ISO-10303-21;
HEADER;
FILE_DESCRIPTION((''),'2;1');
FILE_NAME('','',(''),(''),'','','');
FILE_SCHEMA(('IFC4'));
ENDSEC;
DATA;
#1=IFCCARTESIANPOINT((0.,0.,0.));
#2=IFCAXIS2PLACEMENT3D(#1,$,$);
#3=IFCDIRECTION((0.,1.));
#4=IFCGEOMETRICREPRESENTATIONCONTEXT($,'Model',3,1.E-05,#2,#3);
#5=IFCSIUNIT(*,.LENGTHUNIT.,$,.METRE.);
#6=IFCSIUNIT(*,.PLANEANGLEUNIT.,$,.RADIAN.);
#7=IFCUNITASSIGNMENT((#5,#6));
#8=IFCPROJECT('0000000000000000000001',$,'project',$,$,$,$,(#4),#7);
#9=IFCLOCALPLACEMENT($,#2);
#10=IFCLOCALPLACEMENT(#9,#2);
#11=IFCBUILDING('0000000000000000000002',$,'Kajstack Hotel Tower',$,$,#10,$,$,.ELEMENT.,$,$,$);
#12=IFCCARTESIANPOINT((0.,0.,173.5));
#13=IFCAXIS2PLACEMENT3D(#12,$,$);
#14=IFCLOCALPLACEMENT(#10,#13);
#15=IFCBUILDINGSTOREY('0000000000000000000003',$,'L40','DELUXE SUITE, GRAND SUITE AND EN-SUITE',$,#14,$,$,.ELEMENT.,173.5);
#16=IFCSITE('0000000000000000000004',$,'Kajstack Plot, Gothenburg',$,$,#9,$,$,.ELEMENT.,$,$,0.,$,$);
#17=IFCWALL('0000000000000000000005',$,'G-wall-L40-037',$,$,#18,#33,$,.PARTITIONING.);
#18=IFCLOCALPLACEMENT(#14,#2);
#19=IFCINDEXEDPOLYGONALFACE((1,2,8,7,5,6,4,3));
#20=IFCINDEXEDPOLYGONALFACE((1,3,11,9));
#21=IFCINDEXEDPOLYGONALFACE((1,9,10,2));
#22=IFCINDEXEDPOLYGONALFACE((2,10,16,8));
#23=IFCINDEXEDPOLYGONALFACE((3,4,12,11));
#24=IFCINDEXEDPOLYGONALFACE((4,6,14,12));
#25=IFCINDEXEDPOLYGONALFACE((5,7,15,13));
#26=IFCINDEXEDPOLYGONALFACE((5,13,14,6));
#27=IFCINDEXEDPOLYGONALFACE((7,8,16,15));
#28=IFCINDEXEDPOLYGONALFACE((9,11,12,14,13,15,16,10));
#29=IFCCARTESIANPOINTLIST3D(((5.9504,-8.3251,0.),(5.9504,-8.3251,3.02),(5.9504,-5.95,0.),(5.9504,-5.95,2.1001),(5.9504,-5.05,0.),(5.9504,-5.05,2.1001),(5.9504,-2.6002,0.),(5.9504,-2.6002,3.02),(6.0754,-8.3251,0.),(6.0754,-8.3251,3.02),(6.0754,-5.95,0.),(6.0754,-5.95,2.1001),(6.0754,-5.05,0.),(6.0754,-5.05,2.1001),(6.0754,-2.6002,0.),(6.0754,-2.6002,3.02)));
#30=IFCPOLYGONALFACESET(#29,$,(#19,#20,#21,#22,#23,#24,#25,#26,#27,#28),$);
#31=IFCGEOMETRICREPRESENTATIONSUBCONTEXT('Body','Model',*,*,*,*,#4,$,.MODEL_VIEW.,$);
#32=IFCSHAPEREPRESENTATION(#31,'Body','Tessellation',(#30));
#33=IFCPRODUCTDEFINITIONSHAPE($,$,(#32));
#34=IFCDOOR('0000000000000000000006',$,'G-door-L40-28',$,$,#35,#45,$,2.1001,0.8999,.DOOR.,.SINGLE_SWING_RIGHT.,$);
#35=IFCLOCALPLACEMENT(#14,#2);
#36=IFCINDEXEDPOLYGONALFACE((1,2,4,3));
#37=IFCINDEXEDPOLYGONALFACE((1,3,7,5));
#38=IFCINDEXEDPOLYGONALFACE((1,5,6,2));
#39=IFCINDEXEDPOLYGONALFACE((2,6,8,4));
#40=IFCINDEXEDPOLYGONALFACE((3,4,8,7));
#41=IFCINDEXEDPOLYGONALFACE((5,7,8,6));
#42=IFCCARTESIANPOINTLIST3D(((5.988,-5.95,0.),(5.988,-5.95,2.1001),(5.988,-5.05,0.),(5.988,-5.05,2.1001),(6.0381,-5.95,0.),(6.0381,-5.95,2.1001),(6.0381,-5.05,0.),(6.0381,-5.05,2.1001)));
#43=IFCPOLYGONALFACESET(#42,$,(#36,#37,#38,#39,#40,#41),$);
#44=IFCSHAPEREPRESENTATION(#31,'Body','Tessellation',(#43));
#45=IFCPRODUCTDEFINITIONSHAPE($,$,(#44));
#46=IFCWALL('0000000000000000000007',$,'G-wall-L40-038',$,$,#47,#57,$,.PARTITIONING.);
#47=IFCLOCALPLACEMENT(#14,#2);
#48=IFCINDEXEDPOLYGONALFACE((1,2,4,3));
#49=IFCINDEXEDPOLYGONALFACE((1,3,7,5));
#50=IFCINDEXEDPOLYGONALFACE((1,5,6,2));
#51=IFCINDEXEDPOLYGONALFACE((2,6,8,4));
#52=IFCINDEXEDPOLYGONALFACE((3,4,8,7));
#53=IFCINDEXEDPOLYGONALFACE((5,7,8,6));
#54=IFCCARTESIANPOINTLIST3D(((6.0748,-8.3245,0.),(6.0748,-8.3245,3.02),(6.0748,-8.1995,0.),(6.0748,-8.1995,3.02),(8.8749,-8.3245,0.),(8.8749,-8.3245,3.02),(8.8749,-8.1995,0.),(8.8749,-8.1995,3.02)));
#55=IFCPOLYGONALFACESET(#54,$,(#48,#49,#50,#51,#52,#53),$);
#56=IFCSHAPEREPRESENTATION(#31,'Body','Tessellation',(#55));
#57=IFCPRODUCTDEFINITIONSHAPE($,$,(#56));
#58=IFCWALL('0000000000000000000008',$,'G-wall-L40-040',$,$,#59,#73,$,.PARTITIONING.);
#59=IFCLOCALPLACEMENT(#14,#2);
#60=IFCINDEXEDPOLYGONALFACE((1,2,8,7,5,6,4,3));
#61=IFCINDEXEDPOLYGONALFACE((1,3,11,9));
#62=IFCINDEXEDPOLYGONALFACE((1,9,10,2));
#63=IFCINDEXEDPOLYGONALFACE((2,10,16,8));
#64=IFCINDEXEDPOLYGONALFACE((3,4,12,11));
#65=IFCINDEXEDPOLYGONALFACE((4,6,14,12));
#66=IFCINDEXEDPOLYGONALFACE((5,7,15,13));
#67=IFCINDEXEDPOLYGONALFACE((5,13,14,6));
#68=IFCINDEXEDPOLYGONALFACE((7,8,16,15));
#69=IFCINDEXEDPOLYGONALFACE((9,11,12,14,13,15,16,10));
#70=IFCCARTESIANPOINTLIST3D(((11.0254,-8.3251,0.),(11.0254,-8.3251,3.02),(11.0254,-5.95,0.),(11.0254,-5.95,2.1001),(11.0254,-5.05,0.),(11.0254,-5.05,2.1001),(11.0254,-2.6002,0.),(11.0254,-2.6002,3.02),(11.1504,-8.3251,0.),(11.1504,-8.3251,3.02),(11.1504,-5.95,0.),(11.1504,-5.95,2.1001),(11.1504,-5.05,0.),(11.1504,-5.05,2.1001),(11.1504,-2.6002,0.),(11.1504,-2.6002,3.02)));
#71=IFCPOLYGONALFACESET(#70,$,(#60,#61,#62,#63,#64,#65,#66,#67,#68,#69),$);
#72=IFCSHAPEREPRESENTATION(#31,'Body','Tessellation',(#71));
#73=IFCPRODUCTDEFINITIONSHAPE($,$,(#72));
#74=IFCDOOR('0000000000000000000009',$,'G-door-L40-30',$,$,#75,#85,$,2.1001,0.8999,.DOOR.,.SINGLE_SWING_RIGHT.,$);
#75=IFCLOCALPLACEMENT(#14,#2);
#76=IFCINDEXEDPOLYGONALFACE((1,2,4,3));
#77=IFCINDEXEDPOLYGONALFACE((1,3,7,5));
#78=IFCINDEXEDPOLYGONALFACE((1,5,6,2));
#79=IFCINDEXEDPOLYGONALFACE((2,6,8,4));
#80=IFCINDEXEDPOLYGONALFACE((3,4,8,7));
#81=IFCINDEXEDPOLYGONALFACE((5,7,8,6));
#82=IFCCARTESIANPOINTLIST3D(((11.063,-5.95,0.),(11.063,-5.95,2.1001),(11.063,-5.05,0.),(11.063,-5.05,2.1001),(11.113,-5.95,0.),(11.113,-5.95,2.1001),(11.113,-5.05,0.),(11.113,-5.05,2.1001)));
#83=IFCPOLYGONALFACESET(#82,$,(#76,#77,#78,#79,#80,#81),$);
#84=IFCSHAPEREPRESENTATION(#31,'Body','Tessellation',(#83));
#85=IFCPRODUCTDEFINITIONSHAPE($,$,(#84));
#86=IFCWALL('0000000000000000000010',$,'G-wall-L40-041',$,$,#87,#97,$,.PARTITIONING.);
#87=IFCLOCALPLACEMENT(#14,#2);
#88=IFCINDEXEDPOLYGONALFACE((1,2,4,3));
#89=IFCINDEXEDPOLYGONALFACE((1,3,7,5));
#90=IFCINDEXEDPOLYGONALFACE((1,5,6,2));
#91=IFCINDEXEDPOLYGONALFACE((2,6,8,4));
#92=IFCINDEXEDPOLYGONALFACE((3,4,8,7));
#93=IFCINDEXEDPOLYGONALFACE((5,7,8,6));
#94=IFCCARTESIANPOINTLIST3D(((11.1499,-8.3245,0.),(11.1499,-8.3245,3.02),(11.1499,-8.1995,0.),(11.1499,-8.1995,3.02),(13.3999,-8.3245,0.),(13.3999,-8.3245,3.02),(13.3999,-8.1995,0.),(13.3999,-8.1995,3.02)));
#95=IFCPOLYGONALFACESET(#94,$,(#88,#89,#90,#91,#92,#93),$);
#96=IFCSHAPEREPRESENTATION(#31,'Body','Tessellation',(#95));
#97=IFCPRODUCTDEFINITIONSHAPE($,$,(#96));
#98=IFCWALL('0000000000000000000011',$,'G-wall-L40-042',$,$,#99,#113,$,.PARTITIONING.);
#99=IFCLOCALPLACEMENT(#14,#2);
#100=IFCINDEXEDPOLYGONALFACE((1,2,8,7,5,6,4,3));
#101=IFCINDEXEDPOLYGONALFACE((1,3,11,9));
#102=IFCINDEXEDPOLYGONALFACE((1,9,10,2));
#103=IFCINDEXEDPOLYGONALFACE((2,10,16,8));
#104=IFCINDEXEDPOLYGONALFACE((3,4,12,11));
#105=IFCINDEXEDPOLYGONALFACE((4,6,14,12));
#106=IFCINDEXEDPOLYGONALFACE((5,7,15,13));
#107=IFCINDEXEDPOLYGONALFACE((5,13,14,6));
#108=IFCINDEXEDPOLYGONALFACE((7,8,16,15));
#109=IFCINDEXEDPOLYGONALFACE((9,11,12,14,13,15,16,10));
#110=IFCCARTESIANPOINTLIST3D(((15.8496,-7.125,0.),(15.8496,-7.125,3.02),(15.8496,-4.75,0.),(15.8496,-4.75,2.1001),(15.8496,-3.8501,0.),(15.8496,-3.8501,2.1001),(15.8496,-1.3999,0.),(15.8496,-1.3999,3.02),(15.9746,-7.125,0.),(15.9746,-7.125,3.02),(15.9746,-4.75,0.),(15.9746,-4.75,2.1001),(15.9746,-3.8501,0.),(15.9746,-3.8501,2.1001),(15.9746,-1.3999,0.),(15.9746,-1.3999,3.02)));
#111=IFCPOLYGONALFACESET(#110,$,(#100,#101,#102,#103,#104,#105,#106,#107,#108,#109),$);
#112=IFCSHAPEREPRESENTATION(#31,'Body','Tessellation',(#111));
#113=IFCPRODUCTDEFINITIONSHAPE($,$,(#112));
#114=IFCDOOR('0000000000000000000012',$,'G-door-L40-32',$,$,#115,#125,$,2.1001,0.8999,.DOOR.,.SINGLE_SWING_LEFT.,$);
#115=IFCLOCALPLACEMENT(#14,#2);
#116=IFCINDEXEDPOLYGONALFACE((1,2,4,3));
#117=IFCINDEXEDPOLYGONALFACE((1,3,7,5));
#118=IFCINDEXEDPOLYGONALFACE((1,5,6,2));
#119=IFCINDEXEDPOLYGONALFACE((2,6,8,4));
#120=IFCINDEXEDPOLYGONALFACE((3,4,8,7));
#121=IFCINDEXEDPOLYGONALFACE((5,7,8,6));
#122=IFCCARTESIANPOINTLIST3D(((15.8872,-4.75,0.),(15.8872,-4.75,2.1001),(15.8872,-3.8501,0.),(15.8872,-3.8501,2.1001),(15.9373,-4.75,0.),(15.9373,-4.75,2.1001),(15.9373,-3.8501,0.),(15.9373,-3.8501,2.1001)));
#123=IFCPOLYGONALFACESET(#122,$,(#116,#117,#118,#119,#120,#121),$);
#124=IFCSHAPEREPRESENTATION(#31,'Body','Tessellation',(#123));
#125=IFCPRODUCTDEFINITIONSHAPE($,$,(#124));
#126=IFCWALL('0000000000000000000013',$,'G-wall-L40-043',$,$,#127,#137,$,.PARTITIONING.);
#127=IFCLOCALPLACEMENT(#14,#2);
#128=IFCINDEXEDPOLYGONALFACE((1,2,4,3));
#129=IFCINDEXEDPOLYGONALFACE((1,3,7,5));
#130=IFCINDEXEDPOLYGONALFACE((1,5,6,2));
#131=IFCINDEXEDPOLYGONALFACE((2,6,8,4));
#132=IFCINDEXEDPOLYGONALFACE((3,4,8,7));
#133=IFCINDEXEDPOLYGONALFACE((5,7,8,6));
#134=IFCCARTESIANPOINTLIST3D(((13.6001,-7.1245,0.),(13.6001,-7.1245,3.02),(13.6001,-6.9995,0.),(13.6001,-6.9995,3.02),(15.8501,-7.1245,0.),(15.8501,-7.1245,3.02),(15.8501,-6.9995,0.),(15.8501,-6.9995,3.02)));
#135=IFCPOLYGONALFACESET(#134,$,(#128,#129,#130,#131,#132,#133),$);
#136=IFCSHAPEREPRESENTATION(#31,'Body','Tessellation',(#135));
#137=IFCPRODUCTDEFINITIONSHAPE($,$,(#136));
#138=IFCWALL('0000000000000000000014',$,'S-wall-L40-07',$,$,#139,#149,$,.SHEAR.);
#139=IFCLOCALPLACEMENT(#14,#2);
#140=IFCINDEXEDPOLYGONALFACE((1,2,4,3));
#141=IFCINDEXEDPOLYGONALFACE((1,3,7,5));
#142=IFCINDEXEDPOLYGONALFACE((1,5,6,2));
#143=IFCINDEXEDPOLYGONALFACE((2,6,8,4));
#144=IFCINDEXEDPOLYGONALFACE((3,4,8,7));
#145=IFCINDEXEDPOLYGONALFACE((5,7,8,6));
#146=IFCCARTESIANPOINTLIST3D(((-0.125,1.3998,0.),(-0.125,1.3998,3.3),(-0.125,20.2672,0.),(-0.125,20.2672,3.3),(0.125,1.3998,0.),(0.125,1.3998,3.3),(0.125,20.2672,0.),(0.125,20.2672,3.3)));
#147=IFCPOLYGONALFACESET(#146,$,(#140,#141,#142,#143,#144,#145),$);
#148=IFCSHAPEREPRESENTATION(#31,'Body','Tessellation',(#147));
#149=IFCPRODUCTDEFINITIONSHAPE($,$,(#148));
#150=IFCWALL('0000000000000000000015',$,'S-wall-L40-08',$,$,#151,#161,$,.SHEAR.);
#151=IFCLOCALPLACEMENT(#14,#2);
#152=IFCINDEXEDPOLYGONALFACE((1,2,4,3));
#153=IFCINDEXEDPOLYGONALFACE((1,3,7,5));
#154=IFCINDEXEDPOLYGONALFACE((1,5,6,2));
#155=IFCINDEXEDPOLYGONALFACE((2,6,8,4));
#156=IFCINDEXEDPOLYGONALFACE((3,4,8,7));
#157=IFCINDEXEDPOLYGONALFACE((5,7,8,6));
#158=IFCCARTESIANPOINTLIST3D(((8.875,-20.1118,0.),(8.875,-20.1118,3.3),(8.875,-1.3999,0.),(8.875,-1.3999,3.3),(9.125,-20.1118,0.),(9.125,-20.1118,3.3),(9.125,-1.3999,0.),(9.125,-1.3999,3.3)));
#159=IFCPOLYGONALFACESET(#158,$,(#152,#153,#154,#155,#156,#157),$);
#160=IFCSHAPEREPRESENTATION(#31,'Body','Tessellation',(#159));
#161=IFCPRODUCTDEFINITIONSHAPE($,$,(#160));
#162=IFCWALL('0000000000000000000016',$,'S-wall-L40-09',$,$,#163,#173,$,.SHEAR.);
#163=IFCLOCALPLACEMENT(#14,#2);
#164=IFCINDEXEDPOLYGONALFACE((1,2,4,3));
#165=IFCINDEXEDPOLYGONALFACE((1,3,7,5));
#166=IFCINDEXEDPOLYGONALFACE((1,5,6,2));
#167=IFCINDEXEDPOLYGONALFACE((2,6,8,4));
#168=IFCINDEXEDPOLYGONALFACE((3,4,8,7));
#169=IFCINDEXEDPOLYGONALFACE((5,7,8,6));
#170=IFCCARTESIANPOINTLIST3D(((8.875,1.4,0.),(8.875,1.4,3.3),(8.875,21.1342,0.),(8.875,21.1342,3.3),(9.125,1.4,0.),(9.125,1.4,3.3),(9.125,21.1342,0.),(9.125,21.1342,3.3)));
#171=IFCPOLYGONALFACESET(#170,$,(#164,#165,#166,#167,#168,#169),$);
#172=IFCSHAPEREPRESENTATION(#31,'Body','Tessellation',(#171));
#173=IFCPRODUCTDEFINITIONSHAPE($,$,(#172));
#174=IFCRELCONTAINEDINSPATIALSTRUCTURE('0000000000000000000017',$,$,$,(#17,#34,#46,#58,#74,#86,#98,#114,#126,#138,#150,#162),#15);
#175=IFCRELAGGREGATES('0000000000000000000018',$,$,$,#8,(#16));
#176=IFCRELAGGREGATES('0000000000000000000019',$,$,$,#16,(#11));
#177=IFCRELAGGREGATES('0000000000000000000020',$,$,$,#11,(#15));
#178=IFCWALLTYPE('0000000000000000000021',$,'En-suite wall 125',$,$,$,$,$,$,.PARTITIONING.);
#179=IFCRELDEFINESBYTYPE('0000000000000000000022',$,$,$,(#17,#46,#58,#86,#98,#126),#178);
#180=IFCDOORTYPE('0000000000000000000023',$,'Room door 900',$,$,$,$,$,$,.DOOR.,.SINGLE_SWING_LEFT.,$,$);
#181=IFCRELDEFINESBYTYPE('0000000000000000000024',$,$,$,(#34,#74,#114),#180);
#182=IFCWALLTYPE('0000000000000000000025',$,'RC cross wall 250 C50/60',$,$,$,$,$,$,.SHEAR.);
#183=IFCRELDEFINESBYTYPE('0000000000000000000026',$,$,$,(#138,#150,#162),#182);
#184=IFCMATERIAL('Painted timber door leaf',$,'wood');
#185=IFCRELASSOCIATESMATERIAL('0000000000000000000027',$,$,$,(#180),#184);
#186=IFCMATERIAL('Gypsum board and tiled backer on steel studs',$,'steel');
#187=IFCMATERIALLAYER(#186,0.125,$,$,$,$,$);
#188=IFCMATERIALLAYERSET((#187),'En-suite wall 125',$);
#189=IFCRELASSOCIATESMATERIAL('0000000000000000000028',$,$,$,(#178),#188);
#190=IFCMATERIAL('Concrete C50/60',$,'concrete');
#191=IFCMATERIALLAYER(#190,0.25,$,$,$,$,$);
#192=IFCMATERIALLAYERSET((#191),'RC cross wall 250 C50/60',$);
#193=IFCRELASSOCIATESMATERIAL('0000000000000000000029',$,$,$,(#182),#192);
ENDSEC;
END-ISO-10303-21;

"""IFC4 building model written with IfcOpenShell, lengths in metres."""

from ifc_helpers import new_model, si_unit, direction, frame, frame_2d, origin, place, context, subcontext, project, spatial, rectangle, extrude, material, layer, layer_set, type_object, element, fill, save


model = new_model("IFC4")

# Units and contexts
model_context = context("Model", 3, precision=1e-05, world=origin(), true_north=direction((0.0, 1.0)))
body_context = subcontext(model_context, "Body", "Model", "MODEL_VIEW")
ifc_project = project(units=[si_unit("LENGTHUNIT", "METRE"), si_unit("PLANEANGLEUNIT", "RADIAN")], contexts=[model_context])

# Site, building, storey
site_placement = place(None, origin())
site = spatial("IfcSite", under=ifc_project, at=site_placement, Name="Kajstack Plot, Gothenburg", CompositionType="ELEMENT", RefElevation=0.0)
building_placement = place(site_placement, origin())
building = spatial("IfcBuilding", under=site, at=building_placement, Name="Kajstack Hotel Tower", CompositionType="ELEMENT")
storey_placement = place(building_placement, frame((0.0, 0.0, 173.5)))
storey = spatial("IfcBuildingStorey", under=building, at=storey_placement, Name="L40", Description="DELUXE SUITE, GRAND SUITE AND EN-SUITE", CompositionType="ELEMENT", Elevation=173.5)

# Shared definitions
ifc_material_1 = material(Name="Painted timber door leaf", Category="wood")
door_type_1 = type_object("IfcDoorType", Name="Room door 900", OperationType="SINGLE_SWING_LEFT", PredefinedType="DOOR", material=ifc_material_1)

# Wall, opening, door
ifc_material_2 = material(Name="Gypsum board and tiled backer on steel studs", Category="steel")
ifc_layer_1 = layer(ifc_material_2, 0.125)
ifc_layer_set_1 = layer_set([ifc_layer_1], Name="En-suite wall 125")
wall_type_1 = type_object("IfcWallType", Name="En-suite wall 125", PredefinedType="PARTITIONING", material=ifc_layer_set_1)
wall_1_placement = place(storey_placement, frame((6.0129, -8.325, 0.0), z_axis=(0.0, 0.0, 1.0), x_axis=(0.0, 1.0, 0.0)))
wall_1 = element("IfcWall", 1, at=wall_1_placement, inside=storey, type_object=wall_type_1, Name="G-wall-L40-037", PredefinedType="PARTITIONING", context=body_context, shape_type="SweptSolid", body=[
    extrude(rectangle(XDim=5.7249, YDim=0.125, at=frame_2d((2.8623, 0.0))), origin(), (0.0, 0.0, 1.0), 3.02),
])
opening_1_placement = place(wall_1_placement, frame((2.375, 0.0, 0.0)))
opening_1 = element("IfcOpeningElement", 2, at=opening_1_placement, cuts=wall_1, PredefinedType="OPENING", context=body_context, shape_type="SweptSolid", body=[
    extrude(rectangle(XDim=0.8999, YDim=2.1001, at=frame_2d((0.45, 1.05))), frame((0.0, 0.0725, 0.0), z_axis=(0.0, -1.0, 0.0), x_axis=(1.0, 0.0, 0.0)), (0.0, 0.0, 1.0), 0.145),
])
door_1_placement = place(opening_1_placement, origin())
door_1 = element("IfcDoor", 3, at=door_1_placement, inside=storey, type_object=door_type_1, Name="G-door-L40-28", OperationType="SINGLE_SWING_RIGHT", OverallHeight=2.1001, OverallWidth=0.8999, PredefinedType="DOOR", context=body_context, shape_type="SweptSolid", body=[
    extrude(rectangle(XDim=0.8999, YDim=2.1001, at=frame_2d((0.45, 1.05))), frame((0.0, 0.0249, 0.0), z_axis=(0.0, -1.0, 0.0), x_axis=(1.0, 0.0, 0.0)), (0.0, 0.0, 1.0), 0.05),
])
fill(opening_1, door_1)

# Wall
wall_2_placement = place(storey_placement, frame((6.075, -8.262, 0.0), z_axis=(0.0, 0.0, 1.0), x_axis=(1.0, 0.0, 0.0)))
element("IfcWall", 4, at=wall_2_placement, inside=storey, type_object=wall_type_1, Name="G-wall-L40-038", PredefinedType="PARTITIONING", context=body_context, shape_type="SweptSolid", body=[
    extrude(rectangle(XDim=2.8, YDim=0.125, at=frame_2d((1.3999, 0.0))), origin(), (0.0, 0.0, 1.0), 3.02),
])

# Wall, opening, door
wall_3_placement = place(storey_placement, frame((11.0879, -8.325, 0.0), z_axis=(0.0, 0.0, 1.0), x_axis=(0.0, 1.0, 0.0)))
wall_3 = element("IfcWall", 5, at=wall_3_placement, inside=storey, type_object=wall_type_1, Name="G-wall-L40-040", PredefinedType="PARTITIONING", context=body_context, shape_type="SweptSolid", body=[
    extrude(rectangle(XDim=5.7249, YDim=0.125, at=frame_2d((2.8623, 0.0))), origin(), (0.0, 0.0, 1.0), 3.02),
])
opening_2_placement = place(wall_3_placement, frame((2.375, 0.0, 0.0)))
opening_2 = element("IfcOpeningElement", 6, at=opening_2_placement, cuts=wall_3, PredefinedType="OPENING", context=body_context, shape_type="SweptSolid", body=[
    extrude(rectangle(XDim=0.8999, YDim=2.1001, at=frame_2d((0.45, 1.05))), frame((0.0, 0.0725, 0.0), z_axis=(0.0, -1.0, 0.0), x_axis=(1.0, 0.0, 0.0)), (0.0, 0.0, 1.0), 0.145),
])
door_2_placement = place(opening_2_placement, origin())
door_2 = element("IfcDoor", 7, at=door_2_placement, inside=storey, type_object=door_type_1, Name="G-door-L40-30", OperationType="SINGLE_SWING_RIGHT", OverallHeight=2.1001, OverallWidth=0.8999, PredefinedType="DOOR", context=body_context, shape_type="SweptSolid", body=[
    extrude(rectangle(XDim=0.8999, YDim=2.1001, at=frame_2d((0.45, 1.05))), frame((0.0, 0.0249, 0.0), z_axis=(0.0, -1.0, 0.0), x_axis=(1.0, 0.0, 0.0)), (0.0, 0.0, 1.0), 0.05),
])
fill(opening_2, door_2)

# Wall
wall_4_placement = place(storey_placement, frame((11.1499, -8.262, 0.0), z_axis=(0.0, 0.0, 1.0), x_axis=(1.0, 0.0, 0.0)))
element("IfcWall", 8, at=wall_4_placement, inside=storey, type_object=wall_type_1, Name="G-wall-L40-041", PredefinedType="PARTITIONING", context=body_context, shape_type="SweptSolid", body=[
    extrude(rectangle(XDim=2.25, YDim=0.125, at=frame_2d((1.125, 0.0))), origin(), (0.0, 0.0, 1.0), 3.02),
])

# Wall, opening, door
wall_5_placement = place(storey_placement, frame((15.9121, -7.125, 0.0), z_axis=(0.0, 0.0, 1.0), x_axis=(0.0, 1.0, 0.0)))
wall_5 = element("IfcWall", 9, at=wall_5_placement, inside=storey, type_object=wall_type_1, Name="G-wall-L40-042", PredefinedType="PARTITIONING", context=body_context, shape_type="SweptSolid", body=[
    extrude(rectangle(XDim=5.7251, YDim=0.125, at=frame_2d((2.8625, 0.0))), origin(), (0.0, 0.0, 1.0), 3.02),
])
opening_3_placement = place(wall_5_placement, frame((2.375, 0.0, 0.0)))
opening_3 = element("IfcOpeningElement", 10, at=opening_3_placement, cuts=wall_5, PredefinedType="OPENING", context=body_context, shape_type="SweptSolid", body=[
    extrude(rectangle(XDim=0.8999, YDim=2.1001, at=frame_2d((0.45, 1.05))), frame((0.0, 0.0725, 0.0), z_axis=(0.0, -1.0, 0.0), x_axis=(1.0, 0.0, 0.0)), (0.0, 0.0, 1.0), 0.145),
])
door_3_placement = place(opening_3_placement, origin())
door_3 = element("IfcDoor", 11, at=door_3_placement, inside=storey, type_object=door_type_1, Name="G-door-L40-32", OperationType="SINGLE_SWING_LEFT", OverallHeight=2.1001, OverallWidth=0.8999, PredefinedType="DOOR", context=body_context, shape_type="SweptSolid", body=[
    extrude(rectangle(XDim=0.8999, YDim=2.1001, at=frame_2d((0.45, 1.05))), frame((0.0, 0.0249, 0.0), z_axis=(0.0, -1.0, 0.0), x_axis=(1.0, 0.0, 0.0)), (0.0, 0.0, 1.0), 0.05),
])
fill(opening_3, door_3)

# Walls
wall_6_placement = place(storey_placement, frame((13.6001, -7.062, 0.0), z_axis=(0.0, 0.0, 1.0), x_axis=(1.0, 0.0, 0.0)))
element("IfcWall", 12, at=wall_6_placement, inside=storey, type_object=wall_type_1, Name="G-wall-L40-043", PredefinedType="PARTITIONING", context=body_context, shape_type="SweptSolid", body=[
    extrude(rectangle(XDim=2.25, YDim=0.125, at=frame_2d((1.125, 0.0))), origin(), (0.0, 0.0, 1.0), 3.02),
])
ifc_material_3 = material(Name="Concrete C50/60", Category="concrete")
ifc_layer_2 = layer(ifc_material_3, 0.25)
ifc_layer_set_2 = layer_set([ifc_layer_2], Name="RC cross wall 250 C50/60")
wall_type_2 = type_object("IfcWallType", Name="RC cross wall 250 C50/60", PredefinedType="SHEAR", material=ifc_layer_set_2)
wall_7_placement = place(storey_placement, frame((0.0, 1.3999, 0.0), z_axis=(0.0, 0.0, 1.0), x_axis=(0.0, 1.0, 0.0)))
element("IfcWall", 13, at=wall_7_placement, inside=storey, type_object=wall_type_2, Name="S-wall-L40-07", PredefinedType="SHEAR", context=body_context, shape_type="SweptSolid", body=[
    extrude(rectangle(XDim=18.8674, YDim=0.25, at=frame_2d((9.4336, 0.0))), origin(), (0.0, 0.0, 1.0), 3.3),
])
wall_8_placement = place(storey_placement, frame((9.0, -20.1118, 0.0), z_axis=(0.0, 0.0, 1.0), x_axis=(0.0, 1.0, 0.0)))
element("IfcWall", 14, at=wall_8_placement, inside=storey, type_object=wall_type_2, Name="S-wall-L40-08", PredefinedType="SHEAR", context=body_context, shape_type="SweptSolid", body=[
    extrude(rectangle(XDim=18.7119, YDim=0.25, at=frame_2d((9.356, 0.0))), origin(), (0.0, 0.0, 1.0), 3.3),
])
wall_9_placement = place(storey_placement, frame((9.0, 1.3999, 0.0), z_axis=(0.0, 0.0, 1.0), x_axis=(0.0, 1.0, 0.0)))
element("IfcWall", 15, at=wall_9_placement, inside=storey, type_object=wall_type_2, Name="S-wall-L40-09", PredefinedType="SHEAR", context=body_context, shape_type="SweptSolid", body=[
    extrude(rectangle(XDim=19.7341, YDim=0.25, at=frame_2d((9.8672, 0.0))), origin(), (0.0, 0.0, 1.0), 3.3),
])

save(model, "model.ifc")
